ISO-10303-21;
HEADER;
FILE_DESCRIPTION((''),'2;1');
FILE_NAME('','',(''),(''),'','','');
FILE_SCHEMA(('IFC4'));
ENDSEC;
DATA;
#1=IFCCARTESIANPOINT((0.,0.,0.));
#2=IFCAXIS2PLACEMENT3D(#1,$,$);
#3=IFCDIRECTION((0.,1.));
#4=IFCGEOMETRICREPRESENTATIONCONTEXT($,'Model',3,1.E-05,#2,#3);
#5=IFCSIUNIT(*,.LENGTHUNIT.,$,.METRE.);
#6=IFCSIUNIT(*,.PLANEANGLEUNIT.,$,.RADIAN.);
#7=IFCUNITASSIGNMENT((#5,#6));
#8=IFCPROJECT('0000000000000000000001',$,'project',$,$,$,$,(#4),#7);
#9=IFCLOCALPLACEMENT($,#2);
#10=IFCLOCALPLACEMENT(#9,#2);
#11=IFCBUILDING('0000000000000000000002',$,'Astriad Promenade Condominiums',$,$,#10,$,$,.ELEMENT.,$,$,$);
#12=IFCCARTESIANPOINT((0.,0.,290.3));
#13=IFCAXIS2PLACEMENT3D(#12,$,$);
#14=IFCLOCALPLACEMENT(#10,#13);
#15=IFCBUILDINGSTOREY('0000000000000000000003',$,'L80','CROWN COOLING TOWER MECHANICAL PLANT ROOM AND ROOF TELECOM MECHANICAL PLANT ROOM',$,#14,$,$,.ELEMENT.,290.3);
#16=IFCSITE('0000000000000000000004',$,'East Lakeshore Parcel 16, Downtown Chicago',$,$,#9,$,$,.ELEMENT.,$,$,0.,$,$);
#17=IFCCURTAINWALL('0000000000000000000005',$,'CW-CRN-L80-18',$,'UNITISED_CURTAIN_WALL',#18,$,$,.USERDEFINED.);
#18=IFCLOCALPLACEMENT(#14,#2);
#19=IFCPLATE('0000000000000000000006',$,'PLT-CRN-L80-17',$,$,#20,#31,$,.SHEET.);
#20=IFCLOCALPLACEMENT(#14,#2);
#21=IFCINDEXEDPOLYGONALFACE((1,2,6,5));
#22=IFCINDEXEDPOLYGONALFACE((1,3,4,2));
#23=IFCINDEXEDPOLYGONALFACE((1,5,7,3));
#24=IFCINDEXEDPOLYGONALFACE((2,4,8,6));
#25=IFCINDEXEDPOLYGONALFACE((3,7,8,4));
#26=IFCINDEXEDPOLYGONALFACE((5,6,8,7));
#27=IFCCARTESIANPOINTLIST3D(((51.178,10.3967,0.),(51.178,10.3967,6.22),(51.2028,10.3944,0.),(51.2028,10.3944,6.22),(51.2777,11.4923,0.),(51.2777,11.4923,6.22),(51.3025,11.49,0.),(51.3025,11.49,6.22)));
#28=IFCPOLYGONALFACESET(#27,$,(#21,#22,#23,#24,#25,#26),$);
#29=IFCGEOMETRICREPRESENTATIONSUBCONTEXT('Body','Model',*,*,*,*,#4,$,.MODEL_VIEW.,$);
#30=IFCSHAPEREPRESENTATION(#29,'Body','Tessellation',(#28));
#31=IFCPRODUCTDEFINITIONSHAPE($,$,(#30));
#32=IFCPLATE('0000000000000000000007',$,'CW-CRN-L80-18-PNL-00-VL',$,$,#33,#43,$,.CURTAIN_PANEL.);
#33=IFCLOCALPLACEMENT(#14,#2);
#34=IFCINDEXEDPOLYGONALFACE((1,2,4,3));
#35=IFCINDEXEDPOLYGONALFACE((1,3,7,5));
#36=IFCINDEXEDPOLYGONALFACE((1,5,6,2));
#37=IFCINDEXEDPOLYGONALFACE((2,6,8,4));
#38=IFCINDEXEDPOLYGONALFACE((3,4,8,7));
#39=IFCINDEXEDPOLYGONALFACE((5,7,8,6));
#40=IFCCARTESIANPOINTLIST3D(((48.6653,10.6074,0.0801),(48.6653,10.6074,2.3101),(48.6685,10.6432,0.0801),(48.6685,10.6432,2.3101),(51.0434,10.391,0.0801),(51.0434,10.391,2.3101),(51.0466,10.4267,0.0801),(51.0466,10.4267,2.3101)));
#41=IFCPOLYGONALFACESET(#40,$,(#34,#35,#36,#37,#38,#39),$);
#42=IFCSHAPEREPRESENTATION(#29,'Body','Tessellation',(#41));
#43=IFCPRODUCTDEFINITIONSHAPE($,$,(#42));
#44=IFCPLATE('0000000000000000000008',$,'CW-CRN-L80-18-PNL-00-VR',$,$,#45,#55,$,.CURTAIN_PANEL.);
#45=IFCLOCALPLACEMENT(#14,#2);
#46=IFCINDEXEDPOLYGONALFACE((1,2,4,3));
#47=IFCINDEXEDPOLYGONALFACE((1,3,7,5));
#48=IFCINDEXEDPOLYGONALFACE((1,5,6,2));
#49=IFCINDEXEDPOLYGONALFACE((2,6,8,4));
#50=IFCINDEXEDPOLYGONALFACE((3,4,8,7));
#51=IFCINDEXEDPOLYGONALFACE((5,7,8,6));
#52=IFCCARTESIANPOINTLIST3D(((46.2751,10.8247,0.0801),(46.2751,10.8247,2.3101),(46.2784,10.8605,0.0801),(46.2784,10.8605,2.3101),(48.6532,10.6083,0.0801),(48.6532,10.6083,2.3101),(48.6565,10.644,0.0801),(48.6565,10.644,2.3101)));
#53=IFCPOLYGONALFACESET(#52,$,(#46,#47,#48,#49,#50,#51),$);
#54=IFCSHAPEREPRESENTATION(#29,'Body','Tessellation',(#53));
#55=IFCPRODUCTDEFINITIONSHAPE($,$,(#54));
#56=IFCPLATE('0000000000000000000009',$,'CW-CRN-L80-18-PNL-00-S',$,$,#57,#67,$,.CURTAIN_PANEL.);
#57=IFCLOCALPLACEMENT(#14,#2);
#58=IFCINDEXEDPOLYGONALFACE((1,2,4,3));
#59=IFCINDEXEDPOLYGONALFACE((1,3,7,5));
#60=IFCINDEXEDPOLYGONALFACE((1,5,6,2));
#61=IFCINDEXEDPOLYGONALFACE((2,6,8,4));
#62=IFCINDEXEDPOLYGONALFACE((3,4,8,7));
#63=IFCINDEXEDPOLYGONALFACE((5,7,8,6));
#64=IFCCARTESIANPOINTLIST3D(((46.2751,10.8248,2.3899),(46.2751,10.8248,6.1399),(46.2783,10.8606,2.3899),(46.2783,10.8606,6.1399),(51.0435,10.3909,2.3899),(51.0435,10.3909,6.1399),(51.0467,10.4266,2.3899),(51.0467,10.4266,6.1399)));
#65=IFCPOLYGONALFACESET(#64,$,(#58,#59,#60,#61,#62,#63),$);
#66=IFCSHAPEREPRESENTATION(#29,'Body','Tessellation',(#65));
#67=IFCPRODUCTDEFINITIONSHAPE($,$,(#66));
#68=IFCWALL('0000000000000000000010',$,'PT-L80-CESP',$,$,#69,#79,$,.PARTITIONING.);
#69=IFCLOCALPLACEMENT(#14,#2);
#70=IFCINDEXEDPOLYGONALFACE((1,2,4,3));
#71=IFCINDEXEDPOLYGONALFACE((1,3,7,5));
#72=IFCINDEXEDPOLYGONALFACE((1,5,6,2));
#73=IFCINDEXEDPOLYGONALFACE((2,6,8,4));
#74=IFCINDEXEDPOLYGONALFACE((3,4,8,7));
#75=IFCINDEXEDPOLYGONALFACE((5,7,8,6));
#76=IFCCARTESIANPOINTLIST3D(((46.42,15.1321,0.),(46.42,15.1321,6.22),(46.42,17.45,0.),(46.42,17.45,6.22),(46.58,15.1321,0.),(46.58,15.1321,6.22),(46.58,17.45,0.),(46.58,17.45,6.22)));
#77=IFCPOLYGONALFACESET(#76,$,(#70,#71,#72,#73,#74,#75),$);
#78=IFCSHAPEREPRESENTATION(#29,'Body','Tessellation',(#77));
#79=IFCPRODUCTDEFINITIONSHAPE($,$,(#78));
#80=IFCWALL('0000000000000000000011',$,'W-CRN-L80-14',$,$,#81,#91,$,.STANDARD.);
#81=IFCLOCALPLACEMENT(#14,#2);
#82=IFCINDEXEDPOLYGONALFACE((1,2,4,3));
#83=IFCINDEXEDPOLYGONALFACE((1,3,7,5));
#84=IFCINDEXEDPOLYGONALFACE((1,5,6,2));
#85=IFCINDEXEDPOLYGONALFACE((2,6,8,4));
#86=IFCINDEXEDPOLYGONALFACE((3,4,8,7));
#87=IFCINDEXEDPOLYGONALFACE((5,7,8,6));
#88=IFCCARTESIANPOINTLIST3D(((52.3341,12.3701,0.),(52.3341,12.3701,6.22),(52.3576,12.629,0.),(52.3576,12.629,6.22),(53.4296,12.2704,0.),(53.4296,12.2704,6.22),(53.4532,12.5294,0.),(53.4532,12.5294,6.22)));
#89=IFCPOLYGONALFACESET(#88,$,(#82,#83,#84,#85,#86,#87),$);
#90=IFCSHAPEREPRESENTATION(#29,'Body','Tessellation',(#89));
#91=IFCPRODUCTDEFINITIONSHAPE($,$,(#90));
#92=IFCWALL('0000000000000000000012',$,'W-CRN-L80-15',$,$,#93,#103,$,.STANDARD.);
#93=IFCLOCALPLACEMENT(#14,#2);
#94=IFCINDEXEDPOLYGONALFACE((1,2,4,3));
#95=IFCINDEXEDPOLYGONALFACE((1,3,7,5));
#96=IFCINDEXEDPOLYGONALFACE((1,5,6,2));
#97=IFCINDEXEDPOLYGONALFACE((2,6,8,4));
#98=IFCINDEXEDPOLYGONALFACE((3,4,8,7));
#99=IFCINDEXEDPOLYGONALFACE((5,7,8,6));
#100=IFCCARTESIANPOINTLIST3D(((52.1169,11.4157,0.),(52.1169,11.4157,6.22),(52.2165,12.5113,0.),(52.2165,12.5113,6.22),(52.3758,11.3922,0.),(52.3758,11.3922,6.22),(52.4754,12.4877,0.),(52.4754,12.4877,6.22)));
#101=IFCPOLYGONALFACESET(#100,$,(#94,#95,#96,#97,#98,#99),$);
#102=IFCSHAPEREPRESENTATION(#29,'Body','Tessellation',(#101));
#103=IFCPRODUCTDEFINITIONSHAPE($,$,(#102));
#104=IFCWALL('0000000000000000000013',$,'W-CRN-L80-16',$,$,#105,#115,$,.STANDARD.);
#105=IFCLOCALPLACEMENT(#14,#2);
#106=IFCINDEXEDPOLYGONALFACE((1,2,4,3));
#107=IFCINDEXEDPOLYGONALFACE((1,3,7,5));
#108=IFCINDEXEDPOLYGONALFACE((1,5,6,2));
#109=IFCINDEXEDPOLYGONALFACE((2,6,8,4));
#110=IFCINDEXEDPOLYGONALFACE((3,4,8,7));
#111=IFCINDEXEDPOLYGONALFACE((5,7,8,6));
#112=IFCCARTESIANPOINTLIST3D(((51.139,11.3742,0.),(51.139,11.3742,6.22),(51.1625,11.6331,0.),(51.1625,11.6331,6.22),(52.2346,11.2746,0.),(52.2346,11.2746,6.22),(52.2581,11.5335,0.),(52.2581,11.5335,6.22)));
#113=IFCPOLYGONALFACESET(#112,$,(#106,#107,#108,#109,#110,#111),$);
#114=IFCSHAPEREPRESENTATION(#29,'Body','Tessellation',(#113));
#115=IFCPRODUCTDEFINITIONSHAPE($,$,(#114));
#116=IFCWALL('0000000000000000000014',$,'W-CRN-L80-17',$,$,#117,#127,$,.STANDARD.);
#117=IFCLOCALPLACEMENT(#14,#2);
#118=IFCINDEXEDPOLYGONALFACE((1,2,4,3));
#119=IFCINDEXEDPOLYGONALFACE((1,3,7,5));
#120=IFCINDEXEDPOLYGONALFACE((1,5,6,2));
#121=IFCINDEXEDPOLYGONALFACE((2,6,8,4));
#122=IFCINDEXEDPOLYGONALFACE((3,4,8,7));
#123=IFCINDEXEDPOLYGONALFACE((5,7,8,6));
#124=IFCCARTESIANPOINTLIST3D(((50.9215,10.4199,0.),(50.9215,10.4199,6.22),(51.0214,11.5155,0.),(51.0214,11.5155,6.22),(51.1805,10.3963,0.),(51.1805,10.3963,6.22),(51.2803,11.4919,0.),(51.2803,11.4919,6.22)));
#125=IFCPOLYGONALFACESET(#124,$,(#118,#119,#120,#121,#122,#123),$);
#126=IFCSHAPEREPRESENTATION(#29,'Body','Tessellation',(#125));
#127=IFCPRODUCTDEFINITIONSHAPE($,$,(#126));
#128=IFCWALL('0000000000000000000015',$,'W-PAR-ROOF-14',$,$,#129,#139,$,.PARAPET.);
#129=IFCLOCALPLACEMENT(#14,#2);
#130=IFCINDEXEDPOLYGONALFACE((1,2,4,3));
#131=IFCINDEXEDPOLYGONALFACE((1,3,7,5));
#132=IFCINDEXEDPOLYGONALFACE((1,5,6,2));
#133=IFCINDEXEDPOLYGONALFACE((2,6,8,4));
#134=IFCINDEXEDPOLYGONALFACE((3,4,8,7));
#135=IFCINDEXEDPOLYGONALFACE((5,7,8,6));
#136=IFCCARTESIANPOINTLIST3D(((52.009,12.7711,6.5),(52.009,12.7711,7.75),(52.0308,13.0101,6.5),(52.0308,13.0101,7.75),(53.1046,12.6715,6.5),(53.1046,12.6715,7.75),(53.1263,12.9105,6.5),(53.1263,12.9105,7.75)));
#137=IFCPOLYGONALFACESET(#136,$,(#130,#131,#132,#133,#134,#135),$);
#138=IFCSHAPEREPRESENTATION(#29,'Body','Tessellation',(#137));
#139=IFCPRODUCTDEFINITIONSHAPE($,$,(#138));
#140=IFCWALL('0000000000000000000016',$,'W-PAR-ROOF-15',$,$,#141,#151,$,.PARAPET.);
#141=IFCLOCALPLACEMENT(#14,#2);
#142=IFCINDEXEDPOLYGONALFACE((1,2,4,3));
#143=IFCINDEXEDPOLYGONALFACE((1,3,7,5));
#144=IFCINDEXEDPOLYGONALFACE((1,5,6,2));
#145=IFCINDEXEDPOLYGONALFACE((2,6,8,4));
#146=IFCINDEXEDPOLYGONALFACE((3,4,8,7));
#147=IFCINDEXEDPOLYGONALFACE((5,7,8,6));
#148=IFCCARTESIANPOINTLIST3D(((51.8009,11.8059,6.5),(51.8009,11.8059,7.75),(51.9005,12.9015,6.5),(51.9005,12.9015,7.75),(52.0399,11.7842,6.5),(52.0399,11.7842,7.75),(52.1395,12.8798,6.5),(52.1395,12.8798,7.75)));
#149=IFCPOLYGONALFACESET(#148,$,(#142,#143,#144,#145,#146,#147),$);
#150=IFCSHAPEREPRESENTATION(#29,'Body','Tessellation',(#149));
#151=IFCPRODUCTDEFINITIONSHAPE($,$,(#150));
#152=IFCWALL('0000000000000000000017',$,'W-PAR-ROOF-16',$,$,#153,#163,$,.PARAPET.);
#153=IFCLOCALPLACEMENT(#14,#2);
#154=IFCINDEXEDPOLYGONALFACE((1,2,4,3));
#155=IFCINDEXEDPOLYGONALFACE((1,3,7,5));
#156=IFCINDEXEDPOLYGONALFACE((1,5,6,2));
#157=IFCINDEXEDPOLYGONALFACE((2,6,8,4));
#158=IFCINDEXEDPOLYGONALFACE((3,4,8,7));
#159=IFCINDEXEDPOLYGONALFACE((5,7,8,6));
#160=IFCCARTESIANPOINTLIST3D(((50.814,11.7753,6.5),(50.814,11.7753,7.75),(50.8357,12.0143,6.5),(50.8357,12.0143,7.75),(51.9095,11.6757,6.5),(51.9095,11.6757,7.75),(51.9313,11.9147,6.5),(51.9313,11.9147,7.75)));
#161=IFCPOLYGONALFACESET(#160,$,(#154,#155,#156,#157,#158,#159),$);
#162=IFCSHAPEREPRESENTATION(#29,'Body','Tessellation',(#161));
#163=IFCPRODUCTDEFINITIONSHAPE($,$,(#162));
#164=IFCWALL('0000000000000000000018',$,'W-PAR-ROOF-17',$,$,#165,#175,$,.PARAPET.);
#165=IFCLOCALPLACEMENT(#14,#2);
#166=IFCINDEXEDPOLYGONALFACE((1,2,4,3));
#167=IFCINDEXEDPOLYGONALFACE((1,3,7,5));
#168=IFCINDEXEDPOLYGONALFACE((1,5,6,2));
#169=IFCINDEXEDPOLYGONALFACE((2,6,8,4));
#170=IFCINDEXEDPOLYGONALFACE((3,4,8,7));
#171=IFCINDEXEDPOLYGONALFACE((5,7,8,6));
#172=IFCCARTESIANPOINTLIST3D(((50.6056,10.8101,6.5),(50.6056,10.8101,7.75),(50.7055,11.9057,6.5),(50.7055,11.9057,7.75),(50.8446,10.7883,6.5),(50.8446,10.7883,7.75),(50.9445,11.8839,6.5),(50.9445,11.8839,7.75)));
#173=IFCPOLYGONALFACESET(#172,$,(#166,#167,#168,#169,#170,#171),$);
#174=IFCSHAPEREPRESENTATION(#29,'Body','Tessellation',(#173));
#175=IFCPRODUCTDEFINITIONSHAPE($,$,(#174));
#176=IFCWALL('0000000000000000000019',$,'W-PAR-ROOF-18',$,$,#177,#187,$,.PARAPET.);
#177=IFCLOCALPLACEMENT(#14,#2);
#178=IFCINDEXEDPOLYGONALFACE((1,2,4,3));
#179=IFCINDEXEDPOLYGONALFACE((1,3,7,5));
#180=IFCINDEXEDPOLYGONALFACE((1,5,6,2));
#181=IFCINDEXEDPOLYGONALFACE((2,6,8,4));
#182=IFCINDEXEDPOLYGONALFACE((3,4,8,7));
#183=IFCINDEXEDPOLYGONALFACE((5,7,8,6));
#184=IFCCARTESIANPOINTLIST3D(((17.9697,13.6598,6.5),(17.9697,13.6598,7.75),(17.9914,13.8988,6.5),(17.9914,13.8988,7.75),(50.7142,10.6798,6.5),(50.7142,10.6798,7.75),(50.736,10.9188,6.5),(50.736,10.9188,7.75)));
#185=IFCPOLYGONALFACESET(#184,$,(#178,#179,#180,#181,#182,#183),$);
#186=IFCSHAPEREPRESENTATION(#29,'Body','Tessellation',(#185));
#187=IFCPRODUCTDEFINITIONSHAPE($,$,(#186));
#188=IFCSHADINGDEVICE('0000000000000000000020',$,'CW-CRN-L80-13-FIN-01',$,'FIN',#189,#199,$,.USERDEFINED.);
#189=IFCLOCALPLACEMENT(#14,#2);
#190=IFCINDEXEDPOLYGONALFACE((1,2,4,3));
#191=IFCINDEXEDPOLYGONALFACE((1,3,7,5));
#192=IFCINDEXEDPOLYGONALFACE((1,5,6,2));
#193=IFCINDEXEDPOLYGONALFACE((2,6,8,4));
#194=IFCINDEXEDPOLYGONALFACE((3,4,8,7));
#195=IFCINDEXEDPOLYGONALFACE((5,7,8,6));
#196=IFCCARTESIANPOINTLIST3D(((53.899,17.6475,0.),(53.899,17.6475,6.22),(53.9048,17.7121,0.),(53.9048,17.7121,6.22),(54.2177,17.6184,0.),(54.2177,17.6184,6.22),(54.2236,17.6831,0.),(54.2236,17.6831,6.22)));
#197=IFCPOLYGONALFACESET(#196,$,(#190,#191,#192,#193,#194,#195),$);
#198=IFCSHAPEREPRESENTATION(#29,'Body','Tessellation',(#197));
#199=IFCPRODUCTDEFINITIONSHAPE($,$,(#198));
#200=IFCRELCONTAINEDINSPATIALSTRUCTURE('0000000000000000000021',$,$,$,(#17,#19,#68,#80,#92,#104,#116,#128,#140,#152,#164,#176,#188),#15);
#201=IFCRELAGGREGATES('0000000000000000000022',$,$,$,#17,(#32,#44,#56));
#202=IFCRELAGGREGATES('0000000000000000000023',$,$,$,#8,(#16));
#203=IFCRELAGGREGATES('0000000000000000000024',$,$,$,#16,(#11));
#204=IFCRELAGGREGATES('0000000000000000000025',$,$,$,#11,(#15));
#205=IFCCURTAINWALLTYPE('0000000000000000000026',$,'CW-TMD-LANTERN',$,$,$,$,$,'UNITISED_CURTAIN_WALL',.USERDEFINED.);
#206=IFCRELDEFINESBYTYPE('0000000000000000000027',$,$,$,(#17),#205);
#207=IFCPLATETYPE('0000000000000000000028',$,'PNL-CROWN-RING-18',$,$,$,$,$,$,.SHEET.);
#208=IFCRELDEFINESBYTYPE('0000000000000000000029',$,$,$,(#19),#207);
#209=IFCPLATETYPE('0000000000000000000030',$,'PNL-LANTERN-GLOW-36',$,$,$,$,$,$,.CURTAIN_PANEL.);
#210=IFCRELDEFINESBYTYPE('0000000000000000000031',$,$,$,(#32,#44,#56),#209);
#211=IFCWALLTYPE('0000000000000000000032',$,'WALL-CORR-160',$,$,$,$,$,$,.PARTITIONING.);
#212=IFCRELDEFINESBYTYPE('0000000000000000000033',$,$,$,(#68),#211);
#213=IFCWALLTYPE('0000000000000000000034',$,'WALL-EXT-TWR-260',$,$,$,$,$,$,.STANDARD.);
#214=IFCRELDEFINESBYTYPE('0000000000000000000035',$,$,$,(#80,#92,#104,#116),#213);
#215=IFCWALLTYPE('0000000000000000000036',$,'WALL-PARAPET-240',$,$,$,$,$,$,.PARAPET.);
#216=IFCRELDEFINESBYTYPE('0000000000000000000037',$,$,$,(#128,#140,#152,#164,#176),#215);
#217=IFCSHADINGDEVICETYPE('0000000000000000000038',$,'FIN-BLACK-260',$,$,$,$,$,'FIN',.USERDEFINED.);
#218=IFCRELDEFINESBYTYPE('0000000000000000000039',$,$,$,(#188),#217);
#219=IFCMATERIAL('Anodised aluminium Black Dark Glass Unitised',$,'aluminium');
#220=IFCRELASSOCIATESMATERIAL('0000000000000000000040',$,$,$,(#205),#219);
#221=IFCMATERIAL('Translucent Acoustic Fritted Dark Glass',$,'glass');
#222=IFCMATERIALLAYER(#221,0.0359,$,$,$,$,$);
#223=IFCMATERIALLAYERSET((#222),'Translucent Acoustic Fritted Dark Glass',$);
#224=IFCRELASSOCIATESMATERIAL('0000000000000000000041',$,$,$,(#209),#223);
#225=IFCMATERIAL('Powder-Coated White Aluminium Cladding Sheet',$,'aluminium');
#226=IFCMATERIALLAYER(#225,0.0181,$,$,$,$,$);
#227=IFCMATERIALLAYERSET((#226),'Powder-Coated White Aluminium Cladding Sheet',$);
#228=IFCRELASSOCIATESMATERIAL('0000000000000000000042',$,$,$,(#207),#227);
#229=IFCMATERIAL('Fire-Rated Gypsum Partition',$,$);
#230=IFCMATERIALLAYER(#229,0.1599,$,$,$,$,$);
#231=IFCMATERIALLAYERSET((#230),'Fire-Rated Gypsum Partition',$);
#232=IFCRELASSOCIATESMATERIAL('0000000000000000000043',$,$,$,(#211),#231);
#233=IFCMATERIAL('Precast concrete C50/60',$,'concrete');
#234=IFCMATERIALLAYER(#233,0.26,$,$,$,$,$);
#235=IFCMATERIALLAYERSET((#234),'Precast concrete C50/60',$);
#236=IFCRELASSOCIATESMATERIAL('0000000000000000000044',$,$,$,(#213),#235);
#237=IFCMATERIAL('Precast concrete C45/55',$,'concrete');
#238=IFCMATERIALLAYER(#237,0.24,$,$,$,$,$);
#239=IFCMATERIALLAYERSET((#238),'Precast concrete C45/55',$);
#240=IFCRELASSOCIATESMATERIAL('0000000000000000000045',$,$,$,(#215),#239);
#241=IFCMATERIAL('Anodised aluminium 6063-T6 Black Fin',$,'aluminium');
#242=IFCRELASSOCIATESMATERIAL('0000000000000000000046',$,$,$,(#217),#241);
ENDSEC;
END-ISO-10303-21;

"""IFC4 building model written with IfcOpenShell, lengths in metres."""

from ifc_helpers import new_model, si_unit, direction, frame, frame_2d, origin, origin_2d, place, context, subcontext, project, spatial, rectangle, extrude, source, transform, mapped, material, layer, layer_set, type_object, type_shapes, element, aggregate, save


model = new_model("IFC4")

# Units and contexts
model_context = context("Model", 3, precision=1e-05, world=origin(), true_north=direction((0.0, 1.0)))
body_context = subcontext(model_context, "Body", "Model", "MODEL_VIEW")
ifc_project = project(units=[si_unit("LENGTHUNIT", "METRE"), si_unit("PLANEANGLEUNIT", "RADIAN")], contexts=[model_context])

# Site, building, storey
site_placement = place(None, origin())
site = spatial("IfcSite", under=ifc_project, at=site_placement, Name="East Lakeshore Parcel 16, Downtown Chicago", CompositionType="ELEMENT", RefElevation=0.0)
building_placement = place(site_placement, origin())
building = spatial("IfcBuilding", under=site, at=building_placement, Name="Astriad Promenade Condominiums", CompositionType="ELEMENT")
storey_placement = place(building_placement, frame((0.0, 0.0, 290.3)))
storey = spatial("IfcBuildingStorey", under=building, at=storey_placement, Name="L80", Description="CROWN COOLING TOWER MECHANICAL PLANT ROOM AND ROOF TELECOM MECHANICAL PLANT ROOM", CompositionType="ELEMENT", Elevation=290.3)

# Shared definitions
ifc_material_1 = material(Name="Anodised aluminium Black Dark Glass Unitised", Category="aluminium")
curtain_wall_type = type_object("IfcCurtainWallType", Name="CW-TMD-LANTERN", ElementType="UNITISED_CURTAIN_WALL", PredefinedType="USERDEFINED", material=ifc_material_1)

# Curtain wall
curtain_wall_1_placement = place(storey_placement, origin())
curtain_wall_1 = element("IfcCurtainWall", 1, at=curtain_wall_1_placement, inside=storey, type_object=curtain_wall_type, Name="CW-CRN-L80-18", ObjectType="UNITISED_CURTAIN_WALL", PredefinedType="USERDEFINED")

# Shared definitions
ifc_material_2 = material(Name="Translucent Acoustic Fritted Dark Glass", Category="glass")
ifc_layer_1 = layer(ifc_material_2, 0.0359)
ifc_layer_set_1 = layer_set([ifc_layer_1], Name="Translucent Acoustic Fritted Dark Glass")
plate_type_1 = type_object("IfcPlateType", Name="PNL-LANTERN-GLOW-36", PredefinedType="CURTAIN_PANEL", material=ifc_layer_set_1)

# Plate
ifc_material_3 = material(Name="Powder-Coated White Aluminium Cladding Sheet", Category="aluminium")
ifc_layer_2 = layer(ifc_material_3, 0.0181)
ifc_layer_set_2 = layer_set([ifc_layer_2], Name="Powder-Coated White Aluminium Cladding Sheet")
plate_type_2 = type_object("IfcPlateType", Name="PNL-CROWN-RING-18", PredefinedType="SHEET", material=ifc_layer_set_2)
shared_shape_1 = source(origin(), body_context, "Body", "SweptSolid", [
    extrude(rectangle(XDim=1.1001, YDim=0.0249, at=origin_2d()), origin(), (0.0, 0.0, 1.0), 6.22),
])
type_shapes(plate_type_2, [shared_shape_1])
for number, where, z_axis, x_axis, name in (
    (2, (51.2402, 10.9434, 0.0), (0.0, 0.0, 1.0), (-0.090633, -0.995884, 0.0), "PLT-CRN-L80-17"),
):
    element("IfcPlate", number, at=place(storey_placement, frame(where, z_axis=z_axis, x_axis=x_axis)), inside=storey, type_object=plate_type_2, Name=name, PredefinedType="SHEET", context=body_context, shape_type="MappedRepresentation", body=[
        mapped(shared_shape_1, transform((0.0, 0.0, 0.0), scale=1.0)),
    ])

# Plates
shared_shape_2 = source(origin(), body_context, "Body", "SweptSolid", [
    extrude(rectangle(XDim=2.3879, YDim=0.0359, at=origin_2d()), origin(), (0.0, 0.0, 1.0), 2.23),
])
plate_1_placement = place(storey_placement, frame((49.856, 10.5171, 0.0801), z_axis=(0.0, 0.0, 1.0), x_axis=(-0.995884, 0.090633, 0.0)))
plate_1 = element("IfcPlate", 3, at=plate_1_placement, type_object=plate_type_1, Name="CW-CRN-L80-18-PNL-00-VL", PredefinedType="CURTAIN_PANEL", context=body_context, shape_type="MappedRepresentation", body=[
    mapped(shared_shape_2, transform((0.0, 0.0, 0.0), scale=1.0)),
])
plate_2_placement = place(storey_placement, frame((47.4658, 10.7344, 0.0801), z_axis=(0.0, 0.0, 1.0), x_axis=(-0.995884, 0.090633, 0.0)))
plate_2 = element("IfcPlate", 4, at=plate_2_placement, type_object=plate_type_1, Name="CW-CRN-L80-18-PNL-00-VR", PredefinedType="CURTAIN_PANEL", context=body_context, shape_type="MappedRepresentation", body=[
    mapped(shared_shape_2, transform((0.0, 0.0, 0.0), scale=1.0)),
])
shared_shape_3 = source(origin(), body_context, "Body", "SweptSolid", [
    extrude(rectangle(XDim=4.7881, YDim=0.0359, at=origin_2d()), origin(), (0.0, 0.0, 1.0), 3.75),
])
plate_3_placement = place(storey_placement, frame((48.6609, 10.6257, 2.3899), z_axis=(0.0, 0.0, 1.0), x_axis=(-0.995884, 0.090633, 0.0)))
plate_3 = element("IfcPlate", 5, at=plate_3_placement, type_object=plate_type_1, Name="CW-CRN-L80-18-PNL-00-S", PredefinedType="CURTAIN_PANEL", context=body_context, shape_type="MappedRepresentation", body=[
    mapped(shared_shape_3, transform((0.0, 0.0, 0.0), scale=1.0)),
])
aggregate(curtain_wall_1, [plate_1, plate_2, plate_3])

# Walls
ifc_material_4 = material(Name="Fire-Rated Gypsum Partition")
ifc_layer_3 = layer(ifc_material_4, 0.1599)
ifc_layer_set_3 = layer_set([ifc_layer_3], Name="Fire-Rated Gypsum Partition")
wall_type_1 = type_object("IfcWallType", Name="WALL-CORR-160", PredefinedType="PARTITIONING", material=ifc_layer_set_3)
wall_1_placement = place(storey_placement, frame((46.5, 15.1321, 0.0), z_axis=(0.0, 0.0, 1.0), x_axis=(0.0, 1.0, 0.0)))
element("IfcWall", 6, at=wall_1_placement, inside=storey, type_object=wall_type_1, Name="PT-L80-CESP", PredefinedType="PARTITIONING", context=body_context, shape_type="SweptSolid", body=[
    extrude(rectangle(XDim=2.3179, YDim=0.1599, at=frame_2d((1.1589, 0.0))), origin(), (0.0, 0.0, 1.0), 6.22),
])
ifc_material_5 = material(Name="Precast concrete C50/60", Category="concrete")
ifc_layer_4 = layer(ifc_material_5, 0.26)
ifc_layer_set_4 = layer_set([ifc_layer_4], Name="Precast concrete C50/60")
wall_type_2 = type_object("IfcWallType", Name="WALL-EXT-TWR-260", PredefinedType="STANDARD", material=ifc_layer_set_4)
for number, where, z_axis, x_axis, name in (
    (7, (53.4414, 12.3999, 0.0), (0.0, 0.0, 1.0), (-0.995891, 0.090556, 0.0), "W-CRN-L80-14"),
    (8, (52.3459, 12.4995, 0.0), (0.0, 0.0, 1.0), (-0.090556, -0.995891, 0.0), "W-CRN-L80-15"),
    (9, (52.2463, 11.4041, 0.0), (0.0, 0.0, 1.0), (-0.995891, 0.090556, 0.0), "W-CRN-L80-16"),
    (10, (51.1509, 11.5037, 0.0), (0.0, 0.0, 1.0), (-0.090776, -0.995871, 0.0), "W-CRN-L80-17"),
):
    element("IfcWall", number, at=place(storey_placement, frame(where, z_axis=z_axis, x_axis=x_axis)), inside=storey, type_object=wall_type_2, Name=name, PredefinedType="STANDARD", context=body_context, shape_type="SweptSolid", body=[
        extrude(rectangle(XDim=1.1001, YDim=0.26, at=frame_2d((0.55, 0.0))), origin(), (0.0, 0.0, 1.0), 6.22),
    ])
ifc_material_6 = material(Name="Precast concrete C45/55", Category="concrete")
ifc_layer_5 = layer(ifc_material_6, 0.24)
ifc_layer_set_5 = layer_set([ifc_layer_5], Name="Precast concrete C45/55")
wall_type_3 = type_object("IfcWallType", Name="WALL-PARAPET-240", PredefinedType="PARAPET", material=ifc_layer_set_5)
for number, where, z_axis, x_axis, name in (
    (11, (53.1155, 12.791, 6.5), (0.0, 0.0, 1.0), (-0.995891, 0.090556, 0.0), "W-PAR-ROOF-14"),
    (12, (52.02, 12.8906, 6.5), (0.0, 0.0, 1.0), (-0.090556, -0.995891, 0.0), "W-PAR-ROOF-15"),
    (13, (51.9204, 11.7952, 6.5), (0.0, 0.0, 1.0), (-0.995891, 0.090556, 0.0), "W-PAR-ROOF-16"),
    (14, (50.825, 11.8948, 6.5), (0.0, 0.0, 1.0), (-0.090776, -0.995871, 0.0), "W-PAR-ROOF-17"),
):
    element("IfcWall", number, at=place(storey_placement, frame(where, z_axis=z_axis, x_axis=x_axis)), inside=storey, type_object=wall_type_3, Name=name, PredefinedType="PARAPET", context=body_context, shape_type="SweptSolid", body=[
        extrude(rectangle(XDim=1.1001, YDim=0.24, at=frame_2d((0.55, 0.0))), origin(), (0.0, 0.0, 1.0), 1.25),
    ])
wall_2_placement = place(storey_placement, frame((50.7251, 10.7993, 6.5), z_axis=(0.0, 0.0, 1.0), x_axis=(-0.995884, 0.090632, 0.0)))
element("IfcWall", 15, at=wall_2_placement, inside=storey, type_object=wall_type_3, Name="W-PAR-ROOF-18", PredefinedType="PARAPET", context=body_context, shape_type="SweptSolid", body=[
    extrude(rectangle(XDim=32.8799, YDim=0.24, at=frame_2d((16.4399, 0.0))), origin(), (0.0, 0.0, 1.0), 1.25),
])

# Shading device
ifc_material_7 = material(Name="Anodised aluminium 6063-T6 Black Fin", Category="aluminium")
shading_device_type_1 = type_object("IfcShadingDeviceType", Name="FIN-BLACK-260", ElementType="FIN", PredefinedType="USERDEFINED", material=ifc_material_7)
shared_shape_4 = source(origin(), body_context, "Body", "SweptSolid", [
    extrude(rectangle(XDim=0.0649, YDim=0.3201, at=origin_2d()), origin(), (0.0, 0.0, 1.0), 6.22),
])
type_shapes(shading_device_type_1, [shared_shape_4])
for number, where, z_axis, x_axis, name in (
    (16, (54.0613, 17.6653, 0.0), (0.0, 0.0, 1.0), (-0.090633, -0.995884, 0.0), "CW-CRN-L80-13-FIN-01"),
):
    element("IfcShadingDevice", number, at=place(storey_placement, frame(where, z_axis=z_axis, x_axis=x_axis)), inside=storey, type_object=shading_device_type_1, Name=name, ObjectType="FIN", PredefinedType="USERDEFINED", context=body_context, shape_type="MappedRepresentation", body=[
        mapped(shared_shape_4, transform((0.0, 0.0, 0.0), scale=1.0)),
    ])

save(model, "model.ifc")
